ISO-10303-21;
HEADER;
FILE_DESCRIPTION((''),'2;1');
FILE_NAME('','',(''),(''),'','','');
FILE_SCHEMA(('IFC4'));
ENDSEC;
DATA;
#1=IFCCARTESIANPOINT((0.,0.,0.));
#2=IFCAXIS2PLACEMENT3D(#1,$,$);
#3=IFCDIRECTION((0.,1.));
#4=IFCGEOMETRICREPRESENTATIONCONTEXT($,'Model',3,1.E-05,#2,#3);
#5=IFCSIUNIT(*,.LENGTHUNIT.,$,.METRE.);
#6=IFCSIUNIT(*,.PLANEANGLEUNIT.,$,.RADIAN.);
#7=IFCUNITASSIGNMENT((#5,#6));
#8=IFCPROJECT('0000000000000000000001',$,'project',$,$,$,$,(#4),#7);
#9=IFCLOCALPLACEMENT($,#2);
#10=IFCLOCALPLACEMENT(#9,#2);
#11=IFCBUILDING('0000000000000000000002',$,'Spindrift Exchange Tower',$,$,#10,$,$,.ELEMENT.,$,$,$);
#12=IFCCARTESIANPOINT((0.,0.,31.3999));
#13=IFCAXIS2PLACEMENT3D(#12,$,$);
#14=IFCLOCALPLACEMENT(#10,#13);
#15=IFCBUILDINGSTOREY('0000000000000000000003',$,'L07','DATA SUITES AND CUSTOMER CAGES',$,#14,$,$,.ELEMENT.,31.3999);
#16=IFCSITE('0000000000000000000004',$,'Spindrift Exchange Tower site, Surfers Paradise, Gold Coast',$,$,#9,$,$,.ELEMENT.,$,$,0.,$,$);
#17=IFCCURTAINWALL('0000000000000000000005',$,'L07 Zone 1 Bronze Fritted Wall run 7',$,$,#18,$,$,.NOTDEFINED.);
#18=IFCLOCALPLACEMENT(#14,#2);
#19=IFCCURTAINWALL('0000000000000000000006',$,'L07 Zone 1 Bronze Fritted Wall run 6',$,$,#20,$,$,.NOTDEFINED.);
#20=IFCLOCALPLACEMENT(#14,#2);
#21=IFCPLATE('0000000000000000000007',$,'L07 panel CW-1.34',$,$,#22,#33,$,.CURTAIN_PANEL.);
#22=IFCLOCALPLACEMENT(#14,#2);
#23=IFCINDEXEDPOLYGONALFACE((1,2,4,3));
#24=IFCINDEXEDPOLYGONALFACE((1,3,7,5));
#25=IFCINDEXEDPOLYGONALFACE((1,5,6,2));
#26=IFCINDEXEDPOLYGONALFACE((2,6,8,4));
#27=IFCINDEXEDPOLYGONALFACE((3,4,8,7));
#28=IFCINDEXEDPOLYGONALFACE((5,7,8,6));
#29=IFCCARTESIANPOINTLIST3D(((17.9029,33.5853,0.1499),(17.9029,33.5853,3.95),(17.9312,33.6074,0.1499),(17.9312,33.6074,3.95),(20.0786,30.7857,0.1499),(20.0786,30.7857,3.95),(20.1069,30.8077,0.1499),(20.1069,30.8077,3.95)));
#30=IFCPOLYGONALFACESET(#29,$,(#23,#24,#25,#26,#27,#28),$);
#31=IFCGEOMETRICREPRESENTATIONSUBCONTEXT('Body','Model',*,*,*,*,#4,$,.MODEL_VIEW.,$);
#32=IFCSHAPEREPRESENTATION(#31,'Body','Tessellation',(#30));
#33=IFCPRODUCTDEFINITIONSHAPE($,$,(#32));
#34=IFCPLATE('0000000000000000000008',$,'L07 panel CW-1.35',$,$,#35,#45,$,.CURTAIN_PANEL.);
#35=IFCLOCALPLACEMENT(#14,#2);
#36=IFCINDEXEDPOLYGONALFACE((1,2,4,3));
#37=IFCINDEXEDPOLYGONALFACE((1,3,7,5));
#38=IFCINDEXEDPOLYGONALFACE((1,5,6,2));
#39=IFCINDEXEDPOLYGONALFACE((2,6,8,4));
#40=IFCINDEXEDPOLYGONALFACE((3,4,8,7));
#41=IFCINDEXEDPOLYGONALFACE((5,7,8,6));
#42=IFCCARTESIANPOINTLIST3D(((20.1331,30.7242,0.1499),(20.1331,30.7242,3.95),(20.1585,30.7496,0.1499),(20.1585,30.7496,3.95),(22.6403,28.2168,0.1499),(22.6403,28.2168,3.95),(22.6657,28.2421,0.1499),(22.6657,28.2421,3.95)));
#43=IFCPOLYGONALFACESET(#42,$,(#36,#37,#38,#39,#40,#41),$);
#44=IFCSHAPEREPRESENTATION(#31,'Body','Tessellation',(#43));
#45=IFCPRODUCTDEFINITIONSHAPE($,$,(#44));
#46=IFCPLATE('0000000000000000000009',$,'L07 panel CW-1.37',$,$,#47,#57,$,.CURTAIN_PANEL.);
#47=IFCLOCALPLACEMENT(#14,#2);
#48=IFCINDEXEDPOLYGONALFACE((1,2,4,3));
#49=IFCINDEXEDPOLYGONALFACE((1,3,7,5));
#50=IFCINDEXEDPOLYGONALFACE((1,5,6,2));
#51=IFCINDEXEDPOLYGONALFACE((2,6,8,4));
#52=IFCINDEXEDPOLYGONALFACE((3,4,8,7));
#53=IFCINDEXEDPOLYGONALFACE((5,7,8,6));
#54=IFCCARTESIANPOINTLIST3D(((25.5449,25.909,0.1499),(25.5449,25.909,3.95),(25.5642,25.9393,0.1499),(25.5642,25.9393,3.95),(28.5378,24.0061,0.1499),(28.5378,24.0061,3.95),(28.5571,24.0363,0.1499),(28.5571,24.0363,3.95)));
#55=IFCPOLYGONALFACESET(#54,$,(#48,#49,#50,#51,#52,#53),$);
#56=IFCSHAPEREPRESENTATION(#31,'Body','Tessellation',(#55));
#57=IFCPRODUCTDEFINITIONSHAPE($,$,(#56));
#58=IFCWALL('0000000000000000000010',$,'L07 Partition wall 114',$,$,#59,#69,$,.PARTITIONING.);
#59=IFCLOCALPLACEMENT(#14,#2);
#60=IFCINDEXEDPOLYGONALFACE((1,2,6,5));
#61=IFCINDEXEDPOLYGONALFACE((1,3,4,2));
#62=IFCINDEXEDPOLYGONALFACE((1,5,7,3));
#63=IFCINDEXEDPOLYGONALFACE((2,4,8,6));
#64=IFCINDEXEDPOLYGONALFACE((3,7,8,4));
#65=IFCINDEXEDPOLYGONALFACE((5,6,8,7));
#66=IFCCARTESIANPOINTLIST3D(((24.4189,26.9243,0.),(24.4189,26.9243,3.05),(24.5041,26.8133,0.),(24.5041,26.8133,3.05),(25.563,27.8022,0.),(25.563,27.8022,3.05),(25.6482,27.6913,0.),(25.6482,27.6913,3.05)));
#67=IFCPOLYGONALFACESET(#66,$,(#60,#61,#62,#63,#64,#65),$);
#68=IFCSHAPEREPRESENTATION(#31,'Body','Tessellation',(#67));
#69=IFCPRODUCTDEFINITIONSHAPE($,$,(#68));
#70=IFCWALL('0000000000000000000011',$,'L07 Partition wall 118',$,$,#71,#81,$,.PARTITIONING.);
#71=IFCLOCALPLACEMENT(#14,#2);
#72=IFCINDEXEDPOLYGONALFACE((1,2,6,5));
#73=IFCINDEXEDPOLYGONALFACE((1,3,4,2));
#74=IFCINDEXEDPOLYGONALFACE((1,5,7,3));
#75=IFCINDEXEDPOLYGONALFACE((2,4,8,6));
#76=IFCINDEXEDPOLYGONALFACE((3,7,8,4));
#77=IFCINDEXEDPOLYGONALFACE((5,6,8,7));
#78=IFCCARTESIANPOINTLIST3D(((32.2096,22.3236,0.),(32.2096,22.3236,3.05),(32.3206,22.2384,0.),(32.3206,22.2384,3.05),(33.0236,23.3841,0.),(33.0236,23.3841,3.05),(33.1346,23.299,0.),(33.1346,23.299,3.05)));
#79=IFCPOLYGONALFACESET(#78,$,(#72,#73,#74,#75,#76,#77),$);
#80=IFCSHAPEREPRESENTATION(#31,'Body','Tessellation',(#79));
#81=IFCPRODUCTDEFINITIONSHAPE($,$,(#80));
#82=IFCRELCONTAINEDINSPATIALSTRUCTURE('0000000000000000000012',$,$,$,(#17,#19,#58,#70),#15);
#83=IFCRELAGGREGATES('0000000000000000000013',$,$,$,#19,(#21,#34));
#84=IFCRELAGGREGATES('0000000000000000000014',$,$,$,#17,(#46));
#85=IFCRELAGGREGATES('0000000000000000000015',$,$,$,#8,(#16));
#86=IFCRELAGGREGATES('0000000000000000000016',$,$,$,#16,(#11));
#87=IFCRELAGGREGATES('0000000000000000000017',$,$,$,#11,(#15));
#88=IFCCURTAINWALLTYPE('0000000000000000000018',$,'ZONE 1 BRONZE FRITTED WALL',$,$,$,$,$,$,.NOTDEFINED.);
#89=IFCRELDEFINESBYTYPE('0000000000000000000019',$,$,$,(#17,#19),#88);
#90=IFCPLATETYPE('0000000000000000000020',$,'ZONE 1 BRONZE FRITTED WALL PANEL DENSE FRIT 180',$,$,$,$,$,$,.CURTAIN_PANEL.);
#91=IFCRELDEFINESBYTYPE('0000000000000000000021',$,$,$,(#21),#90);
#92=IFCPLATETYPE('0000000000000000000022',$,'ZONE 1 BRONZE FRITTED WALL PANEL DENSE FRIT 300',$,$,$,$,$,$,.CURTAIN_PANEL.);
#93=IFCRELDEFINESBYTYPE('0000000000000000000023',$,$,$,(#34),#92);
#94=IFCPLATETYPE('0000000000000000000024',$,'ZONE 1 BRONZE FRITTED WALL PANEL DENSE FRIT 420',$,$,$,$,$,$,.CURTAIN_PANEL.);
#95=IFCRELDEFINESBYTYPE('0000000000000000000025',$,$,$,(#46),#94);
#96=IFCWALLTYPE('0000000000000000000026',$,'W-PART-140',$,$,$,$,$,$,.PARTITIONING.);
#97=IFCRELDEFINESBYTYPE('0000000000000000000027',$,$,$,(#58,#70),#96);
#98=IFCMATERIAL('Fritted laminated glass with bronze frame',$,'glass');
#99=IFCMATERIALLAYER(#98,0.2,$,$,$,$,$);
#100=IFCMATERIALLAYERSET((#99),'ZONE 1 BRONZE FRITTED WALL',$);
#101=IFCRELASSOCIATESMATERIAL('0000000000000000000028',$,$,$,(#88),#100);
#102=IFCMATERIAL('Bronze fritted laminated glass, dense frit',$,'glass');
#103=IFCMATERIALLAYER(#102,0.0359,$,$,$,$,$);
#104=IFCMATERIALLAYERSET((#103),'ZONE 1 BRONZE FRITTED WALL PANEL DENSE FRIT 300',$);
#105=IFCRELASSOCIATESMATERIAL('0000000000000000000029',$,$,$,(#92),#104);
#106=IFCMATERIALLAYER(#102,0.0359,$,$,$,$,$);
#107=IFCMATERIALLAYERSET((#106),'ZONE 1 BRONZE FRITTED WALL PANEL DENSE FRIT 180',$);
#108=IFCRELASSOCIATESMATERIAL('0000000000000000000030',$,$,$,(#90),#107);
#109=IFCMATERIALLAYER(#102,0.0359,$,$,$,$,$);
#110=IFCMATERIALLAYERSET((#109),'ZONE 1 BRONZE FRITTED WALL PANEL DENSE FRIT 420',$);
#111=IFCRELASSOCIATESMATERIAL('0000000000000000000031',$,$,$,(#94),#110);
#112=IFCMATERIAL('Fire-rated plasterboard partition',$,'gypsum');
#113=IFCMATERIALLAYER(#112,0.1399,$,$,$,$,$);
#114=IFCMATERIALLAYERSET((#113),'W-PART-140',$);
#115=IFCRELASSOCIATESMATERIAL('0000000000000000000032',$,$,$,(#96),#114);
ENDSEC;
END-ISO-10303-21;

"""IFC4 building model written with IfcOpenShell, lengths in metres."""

from ifc_helpers import new_model, si_unit, direction, frame, frame_2d, origin, origin_2d, place, context, subcontext, project, spatial, rectangle, extrude, source, transform, mapped, material, layer, layer_set, type_object, element, aggregate, save


model = new_model("IFC4")

# Units and contexts
model_context = context("Model", 3, precision=1e-05, world=origin(), true_north=direction((0.0, 1.0)))
body_context = subcontext(model_context, "Body", "Model", "MODEL_VIEW")
ifc_project = project(units=[si_unit("LENGTHUNIT", "METRE"), si_unit("PLANEANGLEUNIT", "RADIAN")], contexts=[model_context])

# Site, building, storey
site_placement = place(None, origin())
site = spatial("IfcSite", under=ifc_project, at=site_placement, Name="Spindrift Exchange Tower site, Surfers Paradise, Gold Coast", CompositionType="ELEMENT", RefElevation=0.0)
building_placement = place(site_placement, origin())
building = spatial("IfcBuilding", under=site, at=building_placement, Name="Spindrift Exchange Tower", CompositionType="ELEMENT")
storey_placement = place(building_placement, frame((0.0, 0.0, 31.3999)))
storey = spatial("IfcBuildingStorey", under=building, at=storey_placement, Name="L07", Description="DATA SUITES AND CUSTOMER CAGES", CompositionType="ELEMENT", Elevation=31.3999)

# Curtain wall
ifc_material_1 = material(Name="Fritted laminated glass with bronze frame", Category="glass")
ifc_layer_1 = layer(ifc_material_1, 0.2)
ifc_layer_set_1 = layer_set([ifc_layer_1], Name="ZONE 1 BRONZE FRITTED WALL")
curtain_wall_type = type_object("IfcCurtainWallType", Name="ZONE 1 BRONZE FRITTED WALL", PredefinedType="NOTDEFINED", material=ifc_layer_set_1)
curtain_wall_1_placement = place(storey_placement, origin())
curtain_wall_1 = element("IfcCurtainWall", 1, at=curtain_wall_1_placement, inside=storey, type_object=curtain_wall_type, Name="L07 Zone 1 Bronze Fritted Wall run 7", PredefinedType="NOTDEFINED")

# Curtain wall
curtain_wall_2_placement = place(storey_placement, origin())
curtain_wall_2 = element("IfcCurtainWall", 2, at=curtain_wall_2_placement, inside=storey, type_object=curtain_wall_type, Name="L07 Zone 1 Bronze Fritted Wall run 6", PredefinedType="NOTDEFINED")

# Plates
ifc_material_2 = material(Name="Bronze fritted laminated glass, dense frit", Category="glass")
ifc_layer_2 = layer(ifc_material_2, 0.0359)
ifc_layer_set_2 = layer_set([ifc_layer_2], Name="ZONE 1 BRONZE FRITTED WALL PANEL DENSE FRIT 300")
plate_type_1 = type_object("IfcPlateType", Name="ZONE 1 BRONZE FRITTED WALL PANEL DENSE FRIT 300", PredefinedType="CURTAIN_PANEL", material=ifc_layer_set_2)
ifc_layer_3 = layer(ifc_material_2, 0.0359)
ifc_layer_set_3 = layer_set([ifc_layer_3], Name="ZONE 1 BRONZE FRITTED WALL PANEL DENSE FRIT 180")
plate_type_2 = type_object("IfcPlateType", Name="ZONE 1 BRONZE FRITTED WALL PANEL DENSE FRIT 180", PredefinedType="CURTAIN_PANEL", material=ifc_layer_set_3)
shared_shape_1 = source(origin(), body_context, "Body", "SweptSolid", [
    extrude(rectangle(XDim=3.5457, YDim=0.0359, at=origin_2d()), origin(), (0.0, 0.0, 1.0), 3.8),
])
plate_1_placement = place(storey_placement, frame((19.0049, 32.1965, 0.1499), z_axis=(0.0, 0.0, 1.0), x_axis=(0.613628, -0.789595, 0.0)))
plate_1 = element("IfcPlate", 3, at=plate_1_placement, type_object=plate_type_2, Name="L07 panel CW-1.34", PredefinedType="CURTAIN_PANEL", context=body_context, shape_type="MappedRepresentation", body=[
    mapped(shared_shape_1, transform((0.0, 0.0, 0.0), scale=1.0)),
])
shared_shape_2 = source(origin(), body_context, "Body", "SweptSolid", [
    extrude(rectangle(XDim=3.5459, YDim=0.0359, at=origin_2d()), origin(), (0.0, 0.0, 1.0), 3.8),
])
plate_2_placement = place(storey_placement, frame((21.3994, 29.4832, 0.1499), z_axis=(0.0, 0.0, 1.0), x_axis=(0.70708, -0.707134, 0.0)))
plate_2 = element("IfcPlate", 4, at=plate_2_placement, type_object=plate_type_1, Name="L07 panel CW-1.35", PredefinedType="CURTAIN_PANEL", context=body_context, shape_type="MappedRepresentation", body=[
    mapped(shared_shape_2, transform((0.0, 0.0, 0.0), scale=1.0)),
])
aggregate(curtain_wall_2, [plate_1, plate_2])
ifc_layer_4 = layer(ifc_material_2, 0.0359)
ifc_layer_set_4 = layer_set([ifc_layer_4], Name="ZONE 1 BRONZE FRITTED WALL PANEL DENSE FRIT 420")
plate_type_3 = type_object("IfcPlateType", Name="ZONE 1 BRONZE FRITTED WALL PANEL DENSE FRIT 420", PredefinedType="CURTAIN_PANEL", material=ifc_layer_set_4)
shared_shape_3 = source(origin(), body_context, "Body", "SweptSolid", [
    extrude(rectangle(XDim=3.5466, YDim=0.0359, at=origin_2d()), origin(), (0.0, 0.0, 1.0), 3.8),
])
plate_3_placement = place(storey_placement, frame((27.051, 24.9727, 0.1499), z_axis=(0.0, 0.0, 1.0), x_axis=(0.843872, -0.536544, 0.0)))
plate_3 = element("IfcPlate", 5, at=plate_3_placement, type_object=plate_type_3, Name="L07 panel CW-1.37", PredefinedType="CURTAIN_PANEL", context=body_context, shape_type="MappedRepresentation", body=[
    mapped(shared_shape_3, transform((0.0, 0.0, 0.0), scale=1.0)),
])
aggregate(curtain_wall_1, [plate_3])

# Walls
ifc_material_3 = material(Name="Fire-rated plasterboard partition", Category="gypsum")
ifc_layer_5 = layer(ifc_material_3, 0.1399)
ifc_layer_set_5 = layer_set([ifc_layer_5], Name="W-PART-140")
wall_type = type_object("IfcWallType", Name="W-PART-140", PredefinedType="PARTITIONING", material=ifc_layer_set_5)
wall_1_placement = place(storey_placement, frame((25.6057, 27.7468, 0.0), z_axis=(0.0, 0.0, 1.0), x_axis=(-0.793328, -0.608794, 0.0)))
element("IfcWall", 6, at=wall_1_placement, inside=storey, type_object=wall_type, Name="L07 Partition wall 114", PredefinedType="PARTITIONING", context=body_context, shape_type="SweptSolid", body=[
    extrude(rectangle(XDim=1.4421, YDim=0.1399, at=frame_2d((0.7212, 0.0))), origin(), (0.0, 0.0, 1.0), 3.05),
])
wall_2_placement = place(storey_placement, frame((33.0791, 23.3416, 0.0), z_axis=(0.0, 0.0, 1.0), x_axis=(-0.608846, -0.793289, 0.0)))
element("IfcWall", 7, at=wall_2_placement, inside=storey, type_object=wall_type, Name="L07 Partition wall 118", PredefinedType="PARTITIONING", context=body_context, shape_type="SweptSolid", body=[
    extrude(rectangle(XDim=1.3369, YDim=0.1399, at=frame_2d((0.6685, 0.0))), origin(), (0.0, 0.0, 1.0), 3.05),
])

save(model, "model.ifc")
